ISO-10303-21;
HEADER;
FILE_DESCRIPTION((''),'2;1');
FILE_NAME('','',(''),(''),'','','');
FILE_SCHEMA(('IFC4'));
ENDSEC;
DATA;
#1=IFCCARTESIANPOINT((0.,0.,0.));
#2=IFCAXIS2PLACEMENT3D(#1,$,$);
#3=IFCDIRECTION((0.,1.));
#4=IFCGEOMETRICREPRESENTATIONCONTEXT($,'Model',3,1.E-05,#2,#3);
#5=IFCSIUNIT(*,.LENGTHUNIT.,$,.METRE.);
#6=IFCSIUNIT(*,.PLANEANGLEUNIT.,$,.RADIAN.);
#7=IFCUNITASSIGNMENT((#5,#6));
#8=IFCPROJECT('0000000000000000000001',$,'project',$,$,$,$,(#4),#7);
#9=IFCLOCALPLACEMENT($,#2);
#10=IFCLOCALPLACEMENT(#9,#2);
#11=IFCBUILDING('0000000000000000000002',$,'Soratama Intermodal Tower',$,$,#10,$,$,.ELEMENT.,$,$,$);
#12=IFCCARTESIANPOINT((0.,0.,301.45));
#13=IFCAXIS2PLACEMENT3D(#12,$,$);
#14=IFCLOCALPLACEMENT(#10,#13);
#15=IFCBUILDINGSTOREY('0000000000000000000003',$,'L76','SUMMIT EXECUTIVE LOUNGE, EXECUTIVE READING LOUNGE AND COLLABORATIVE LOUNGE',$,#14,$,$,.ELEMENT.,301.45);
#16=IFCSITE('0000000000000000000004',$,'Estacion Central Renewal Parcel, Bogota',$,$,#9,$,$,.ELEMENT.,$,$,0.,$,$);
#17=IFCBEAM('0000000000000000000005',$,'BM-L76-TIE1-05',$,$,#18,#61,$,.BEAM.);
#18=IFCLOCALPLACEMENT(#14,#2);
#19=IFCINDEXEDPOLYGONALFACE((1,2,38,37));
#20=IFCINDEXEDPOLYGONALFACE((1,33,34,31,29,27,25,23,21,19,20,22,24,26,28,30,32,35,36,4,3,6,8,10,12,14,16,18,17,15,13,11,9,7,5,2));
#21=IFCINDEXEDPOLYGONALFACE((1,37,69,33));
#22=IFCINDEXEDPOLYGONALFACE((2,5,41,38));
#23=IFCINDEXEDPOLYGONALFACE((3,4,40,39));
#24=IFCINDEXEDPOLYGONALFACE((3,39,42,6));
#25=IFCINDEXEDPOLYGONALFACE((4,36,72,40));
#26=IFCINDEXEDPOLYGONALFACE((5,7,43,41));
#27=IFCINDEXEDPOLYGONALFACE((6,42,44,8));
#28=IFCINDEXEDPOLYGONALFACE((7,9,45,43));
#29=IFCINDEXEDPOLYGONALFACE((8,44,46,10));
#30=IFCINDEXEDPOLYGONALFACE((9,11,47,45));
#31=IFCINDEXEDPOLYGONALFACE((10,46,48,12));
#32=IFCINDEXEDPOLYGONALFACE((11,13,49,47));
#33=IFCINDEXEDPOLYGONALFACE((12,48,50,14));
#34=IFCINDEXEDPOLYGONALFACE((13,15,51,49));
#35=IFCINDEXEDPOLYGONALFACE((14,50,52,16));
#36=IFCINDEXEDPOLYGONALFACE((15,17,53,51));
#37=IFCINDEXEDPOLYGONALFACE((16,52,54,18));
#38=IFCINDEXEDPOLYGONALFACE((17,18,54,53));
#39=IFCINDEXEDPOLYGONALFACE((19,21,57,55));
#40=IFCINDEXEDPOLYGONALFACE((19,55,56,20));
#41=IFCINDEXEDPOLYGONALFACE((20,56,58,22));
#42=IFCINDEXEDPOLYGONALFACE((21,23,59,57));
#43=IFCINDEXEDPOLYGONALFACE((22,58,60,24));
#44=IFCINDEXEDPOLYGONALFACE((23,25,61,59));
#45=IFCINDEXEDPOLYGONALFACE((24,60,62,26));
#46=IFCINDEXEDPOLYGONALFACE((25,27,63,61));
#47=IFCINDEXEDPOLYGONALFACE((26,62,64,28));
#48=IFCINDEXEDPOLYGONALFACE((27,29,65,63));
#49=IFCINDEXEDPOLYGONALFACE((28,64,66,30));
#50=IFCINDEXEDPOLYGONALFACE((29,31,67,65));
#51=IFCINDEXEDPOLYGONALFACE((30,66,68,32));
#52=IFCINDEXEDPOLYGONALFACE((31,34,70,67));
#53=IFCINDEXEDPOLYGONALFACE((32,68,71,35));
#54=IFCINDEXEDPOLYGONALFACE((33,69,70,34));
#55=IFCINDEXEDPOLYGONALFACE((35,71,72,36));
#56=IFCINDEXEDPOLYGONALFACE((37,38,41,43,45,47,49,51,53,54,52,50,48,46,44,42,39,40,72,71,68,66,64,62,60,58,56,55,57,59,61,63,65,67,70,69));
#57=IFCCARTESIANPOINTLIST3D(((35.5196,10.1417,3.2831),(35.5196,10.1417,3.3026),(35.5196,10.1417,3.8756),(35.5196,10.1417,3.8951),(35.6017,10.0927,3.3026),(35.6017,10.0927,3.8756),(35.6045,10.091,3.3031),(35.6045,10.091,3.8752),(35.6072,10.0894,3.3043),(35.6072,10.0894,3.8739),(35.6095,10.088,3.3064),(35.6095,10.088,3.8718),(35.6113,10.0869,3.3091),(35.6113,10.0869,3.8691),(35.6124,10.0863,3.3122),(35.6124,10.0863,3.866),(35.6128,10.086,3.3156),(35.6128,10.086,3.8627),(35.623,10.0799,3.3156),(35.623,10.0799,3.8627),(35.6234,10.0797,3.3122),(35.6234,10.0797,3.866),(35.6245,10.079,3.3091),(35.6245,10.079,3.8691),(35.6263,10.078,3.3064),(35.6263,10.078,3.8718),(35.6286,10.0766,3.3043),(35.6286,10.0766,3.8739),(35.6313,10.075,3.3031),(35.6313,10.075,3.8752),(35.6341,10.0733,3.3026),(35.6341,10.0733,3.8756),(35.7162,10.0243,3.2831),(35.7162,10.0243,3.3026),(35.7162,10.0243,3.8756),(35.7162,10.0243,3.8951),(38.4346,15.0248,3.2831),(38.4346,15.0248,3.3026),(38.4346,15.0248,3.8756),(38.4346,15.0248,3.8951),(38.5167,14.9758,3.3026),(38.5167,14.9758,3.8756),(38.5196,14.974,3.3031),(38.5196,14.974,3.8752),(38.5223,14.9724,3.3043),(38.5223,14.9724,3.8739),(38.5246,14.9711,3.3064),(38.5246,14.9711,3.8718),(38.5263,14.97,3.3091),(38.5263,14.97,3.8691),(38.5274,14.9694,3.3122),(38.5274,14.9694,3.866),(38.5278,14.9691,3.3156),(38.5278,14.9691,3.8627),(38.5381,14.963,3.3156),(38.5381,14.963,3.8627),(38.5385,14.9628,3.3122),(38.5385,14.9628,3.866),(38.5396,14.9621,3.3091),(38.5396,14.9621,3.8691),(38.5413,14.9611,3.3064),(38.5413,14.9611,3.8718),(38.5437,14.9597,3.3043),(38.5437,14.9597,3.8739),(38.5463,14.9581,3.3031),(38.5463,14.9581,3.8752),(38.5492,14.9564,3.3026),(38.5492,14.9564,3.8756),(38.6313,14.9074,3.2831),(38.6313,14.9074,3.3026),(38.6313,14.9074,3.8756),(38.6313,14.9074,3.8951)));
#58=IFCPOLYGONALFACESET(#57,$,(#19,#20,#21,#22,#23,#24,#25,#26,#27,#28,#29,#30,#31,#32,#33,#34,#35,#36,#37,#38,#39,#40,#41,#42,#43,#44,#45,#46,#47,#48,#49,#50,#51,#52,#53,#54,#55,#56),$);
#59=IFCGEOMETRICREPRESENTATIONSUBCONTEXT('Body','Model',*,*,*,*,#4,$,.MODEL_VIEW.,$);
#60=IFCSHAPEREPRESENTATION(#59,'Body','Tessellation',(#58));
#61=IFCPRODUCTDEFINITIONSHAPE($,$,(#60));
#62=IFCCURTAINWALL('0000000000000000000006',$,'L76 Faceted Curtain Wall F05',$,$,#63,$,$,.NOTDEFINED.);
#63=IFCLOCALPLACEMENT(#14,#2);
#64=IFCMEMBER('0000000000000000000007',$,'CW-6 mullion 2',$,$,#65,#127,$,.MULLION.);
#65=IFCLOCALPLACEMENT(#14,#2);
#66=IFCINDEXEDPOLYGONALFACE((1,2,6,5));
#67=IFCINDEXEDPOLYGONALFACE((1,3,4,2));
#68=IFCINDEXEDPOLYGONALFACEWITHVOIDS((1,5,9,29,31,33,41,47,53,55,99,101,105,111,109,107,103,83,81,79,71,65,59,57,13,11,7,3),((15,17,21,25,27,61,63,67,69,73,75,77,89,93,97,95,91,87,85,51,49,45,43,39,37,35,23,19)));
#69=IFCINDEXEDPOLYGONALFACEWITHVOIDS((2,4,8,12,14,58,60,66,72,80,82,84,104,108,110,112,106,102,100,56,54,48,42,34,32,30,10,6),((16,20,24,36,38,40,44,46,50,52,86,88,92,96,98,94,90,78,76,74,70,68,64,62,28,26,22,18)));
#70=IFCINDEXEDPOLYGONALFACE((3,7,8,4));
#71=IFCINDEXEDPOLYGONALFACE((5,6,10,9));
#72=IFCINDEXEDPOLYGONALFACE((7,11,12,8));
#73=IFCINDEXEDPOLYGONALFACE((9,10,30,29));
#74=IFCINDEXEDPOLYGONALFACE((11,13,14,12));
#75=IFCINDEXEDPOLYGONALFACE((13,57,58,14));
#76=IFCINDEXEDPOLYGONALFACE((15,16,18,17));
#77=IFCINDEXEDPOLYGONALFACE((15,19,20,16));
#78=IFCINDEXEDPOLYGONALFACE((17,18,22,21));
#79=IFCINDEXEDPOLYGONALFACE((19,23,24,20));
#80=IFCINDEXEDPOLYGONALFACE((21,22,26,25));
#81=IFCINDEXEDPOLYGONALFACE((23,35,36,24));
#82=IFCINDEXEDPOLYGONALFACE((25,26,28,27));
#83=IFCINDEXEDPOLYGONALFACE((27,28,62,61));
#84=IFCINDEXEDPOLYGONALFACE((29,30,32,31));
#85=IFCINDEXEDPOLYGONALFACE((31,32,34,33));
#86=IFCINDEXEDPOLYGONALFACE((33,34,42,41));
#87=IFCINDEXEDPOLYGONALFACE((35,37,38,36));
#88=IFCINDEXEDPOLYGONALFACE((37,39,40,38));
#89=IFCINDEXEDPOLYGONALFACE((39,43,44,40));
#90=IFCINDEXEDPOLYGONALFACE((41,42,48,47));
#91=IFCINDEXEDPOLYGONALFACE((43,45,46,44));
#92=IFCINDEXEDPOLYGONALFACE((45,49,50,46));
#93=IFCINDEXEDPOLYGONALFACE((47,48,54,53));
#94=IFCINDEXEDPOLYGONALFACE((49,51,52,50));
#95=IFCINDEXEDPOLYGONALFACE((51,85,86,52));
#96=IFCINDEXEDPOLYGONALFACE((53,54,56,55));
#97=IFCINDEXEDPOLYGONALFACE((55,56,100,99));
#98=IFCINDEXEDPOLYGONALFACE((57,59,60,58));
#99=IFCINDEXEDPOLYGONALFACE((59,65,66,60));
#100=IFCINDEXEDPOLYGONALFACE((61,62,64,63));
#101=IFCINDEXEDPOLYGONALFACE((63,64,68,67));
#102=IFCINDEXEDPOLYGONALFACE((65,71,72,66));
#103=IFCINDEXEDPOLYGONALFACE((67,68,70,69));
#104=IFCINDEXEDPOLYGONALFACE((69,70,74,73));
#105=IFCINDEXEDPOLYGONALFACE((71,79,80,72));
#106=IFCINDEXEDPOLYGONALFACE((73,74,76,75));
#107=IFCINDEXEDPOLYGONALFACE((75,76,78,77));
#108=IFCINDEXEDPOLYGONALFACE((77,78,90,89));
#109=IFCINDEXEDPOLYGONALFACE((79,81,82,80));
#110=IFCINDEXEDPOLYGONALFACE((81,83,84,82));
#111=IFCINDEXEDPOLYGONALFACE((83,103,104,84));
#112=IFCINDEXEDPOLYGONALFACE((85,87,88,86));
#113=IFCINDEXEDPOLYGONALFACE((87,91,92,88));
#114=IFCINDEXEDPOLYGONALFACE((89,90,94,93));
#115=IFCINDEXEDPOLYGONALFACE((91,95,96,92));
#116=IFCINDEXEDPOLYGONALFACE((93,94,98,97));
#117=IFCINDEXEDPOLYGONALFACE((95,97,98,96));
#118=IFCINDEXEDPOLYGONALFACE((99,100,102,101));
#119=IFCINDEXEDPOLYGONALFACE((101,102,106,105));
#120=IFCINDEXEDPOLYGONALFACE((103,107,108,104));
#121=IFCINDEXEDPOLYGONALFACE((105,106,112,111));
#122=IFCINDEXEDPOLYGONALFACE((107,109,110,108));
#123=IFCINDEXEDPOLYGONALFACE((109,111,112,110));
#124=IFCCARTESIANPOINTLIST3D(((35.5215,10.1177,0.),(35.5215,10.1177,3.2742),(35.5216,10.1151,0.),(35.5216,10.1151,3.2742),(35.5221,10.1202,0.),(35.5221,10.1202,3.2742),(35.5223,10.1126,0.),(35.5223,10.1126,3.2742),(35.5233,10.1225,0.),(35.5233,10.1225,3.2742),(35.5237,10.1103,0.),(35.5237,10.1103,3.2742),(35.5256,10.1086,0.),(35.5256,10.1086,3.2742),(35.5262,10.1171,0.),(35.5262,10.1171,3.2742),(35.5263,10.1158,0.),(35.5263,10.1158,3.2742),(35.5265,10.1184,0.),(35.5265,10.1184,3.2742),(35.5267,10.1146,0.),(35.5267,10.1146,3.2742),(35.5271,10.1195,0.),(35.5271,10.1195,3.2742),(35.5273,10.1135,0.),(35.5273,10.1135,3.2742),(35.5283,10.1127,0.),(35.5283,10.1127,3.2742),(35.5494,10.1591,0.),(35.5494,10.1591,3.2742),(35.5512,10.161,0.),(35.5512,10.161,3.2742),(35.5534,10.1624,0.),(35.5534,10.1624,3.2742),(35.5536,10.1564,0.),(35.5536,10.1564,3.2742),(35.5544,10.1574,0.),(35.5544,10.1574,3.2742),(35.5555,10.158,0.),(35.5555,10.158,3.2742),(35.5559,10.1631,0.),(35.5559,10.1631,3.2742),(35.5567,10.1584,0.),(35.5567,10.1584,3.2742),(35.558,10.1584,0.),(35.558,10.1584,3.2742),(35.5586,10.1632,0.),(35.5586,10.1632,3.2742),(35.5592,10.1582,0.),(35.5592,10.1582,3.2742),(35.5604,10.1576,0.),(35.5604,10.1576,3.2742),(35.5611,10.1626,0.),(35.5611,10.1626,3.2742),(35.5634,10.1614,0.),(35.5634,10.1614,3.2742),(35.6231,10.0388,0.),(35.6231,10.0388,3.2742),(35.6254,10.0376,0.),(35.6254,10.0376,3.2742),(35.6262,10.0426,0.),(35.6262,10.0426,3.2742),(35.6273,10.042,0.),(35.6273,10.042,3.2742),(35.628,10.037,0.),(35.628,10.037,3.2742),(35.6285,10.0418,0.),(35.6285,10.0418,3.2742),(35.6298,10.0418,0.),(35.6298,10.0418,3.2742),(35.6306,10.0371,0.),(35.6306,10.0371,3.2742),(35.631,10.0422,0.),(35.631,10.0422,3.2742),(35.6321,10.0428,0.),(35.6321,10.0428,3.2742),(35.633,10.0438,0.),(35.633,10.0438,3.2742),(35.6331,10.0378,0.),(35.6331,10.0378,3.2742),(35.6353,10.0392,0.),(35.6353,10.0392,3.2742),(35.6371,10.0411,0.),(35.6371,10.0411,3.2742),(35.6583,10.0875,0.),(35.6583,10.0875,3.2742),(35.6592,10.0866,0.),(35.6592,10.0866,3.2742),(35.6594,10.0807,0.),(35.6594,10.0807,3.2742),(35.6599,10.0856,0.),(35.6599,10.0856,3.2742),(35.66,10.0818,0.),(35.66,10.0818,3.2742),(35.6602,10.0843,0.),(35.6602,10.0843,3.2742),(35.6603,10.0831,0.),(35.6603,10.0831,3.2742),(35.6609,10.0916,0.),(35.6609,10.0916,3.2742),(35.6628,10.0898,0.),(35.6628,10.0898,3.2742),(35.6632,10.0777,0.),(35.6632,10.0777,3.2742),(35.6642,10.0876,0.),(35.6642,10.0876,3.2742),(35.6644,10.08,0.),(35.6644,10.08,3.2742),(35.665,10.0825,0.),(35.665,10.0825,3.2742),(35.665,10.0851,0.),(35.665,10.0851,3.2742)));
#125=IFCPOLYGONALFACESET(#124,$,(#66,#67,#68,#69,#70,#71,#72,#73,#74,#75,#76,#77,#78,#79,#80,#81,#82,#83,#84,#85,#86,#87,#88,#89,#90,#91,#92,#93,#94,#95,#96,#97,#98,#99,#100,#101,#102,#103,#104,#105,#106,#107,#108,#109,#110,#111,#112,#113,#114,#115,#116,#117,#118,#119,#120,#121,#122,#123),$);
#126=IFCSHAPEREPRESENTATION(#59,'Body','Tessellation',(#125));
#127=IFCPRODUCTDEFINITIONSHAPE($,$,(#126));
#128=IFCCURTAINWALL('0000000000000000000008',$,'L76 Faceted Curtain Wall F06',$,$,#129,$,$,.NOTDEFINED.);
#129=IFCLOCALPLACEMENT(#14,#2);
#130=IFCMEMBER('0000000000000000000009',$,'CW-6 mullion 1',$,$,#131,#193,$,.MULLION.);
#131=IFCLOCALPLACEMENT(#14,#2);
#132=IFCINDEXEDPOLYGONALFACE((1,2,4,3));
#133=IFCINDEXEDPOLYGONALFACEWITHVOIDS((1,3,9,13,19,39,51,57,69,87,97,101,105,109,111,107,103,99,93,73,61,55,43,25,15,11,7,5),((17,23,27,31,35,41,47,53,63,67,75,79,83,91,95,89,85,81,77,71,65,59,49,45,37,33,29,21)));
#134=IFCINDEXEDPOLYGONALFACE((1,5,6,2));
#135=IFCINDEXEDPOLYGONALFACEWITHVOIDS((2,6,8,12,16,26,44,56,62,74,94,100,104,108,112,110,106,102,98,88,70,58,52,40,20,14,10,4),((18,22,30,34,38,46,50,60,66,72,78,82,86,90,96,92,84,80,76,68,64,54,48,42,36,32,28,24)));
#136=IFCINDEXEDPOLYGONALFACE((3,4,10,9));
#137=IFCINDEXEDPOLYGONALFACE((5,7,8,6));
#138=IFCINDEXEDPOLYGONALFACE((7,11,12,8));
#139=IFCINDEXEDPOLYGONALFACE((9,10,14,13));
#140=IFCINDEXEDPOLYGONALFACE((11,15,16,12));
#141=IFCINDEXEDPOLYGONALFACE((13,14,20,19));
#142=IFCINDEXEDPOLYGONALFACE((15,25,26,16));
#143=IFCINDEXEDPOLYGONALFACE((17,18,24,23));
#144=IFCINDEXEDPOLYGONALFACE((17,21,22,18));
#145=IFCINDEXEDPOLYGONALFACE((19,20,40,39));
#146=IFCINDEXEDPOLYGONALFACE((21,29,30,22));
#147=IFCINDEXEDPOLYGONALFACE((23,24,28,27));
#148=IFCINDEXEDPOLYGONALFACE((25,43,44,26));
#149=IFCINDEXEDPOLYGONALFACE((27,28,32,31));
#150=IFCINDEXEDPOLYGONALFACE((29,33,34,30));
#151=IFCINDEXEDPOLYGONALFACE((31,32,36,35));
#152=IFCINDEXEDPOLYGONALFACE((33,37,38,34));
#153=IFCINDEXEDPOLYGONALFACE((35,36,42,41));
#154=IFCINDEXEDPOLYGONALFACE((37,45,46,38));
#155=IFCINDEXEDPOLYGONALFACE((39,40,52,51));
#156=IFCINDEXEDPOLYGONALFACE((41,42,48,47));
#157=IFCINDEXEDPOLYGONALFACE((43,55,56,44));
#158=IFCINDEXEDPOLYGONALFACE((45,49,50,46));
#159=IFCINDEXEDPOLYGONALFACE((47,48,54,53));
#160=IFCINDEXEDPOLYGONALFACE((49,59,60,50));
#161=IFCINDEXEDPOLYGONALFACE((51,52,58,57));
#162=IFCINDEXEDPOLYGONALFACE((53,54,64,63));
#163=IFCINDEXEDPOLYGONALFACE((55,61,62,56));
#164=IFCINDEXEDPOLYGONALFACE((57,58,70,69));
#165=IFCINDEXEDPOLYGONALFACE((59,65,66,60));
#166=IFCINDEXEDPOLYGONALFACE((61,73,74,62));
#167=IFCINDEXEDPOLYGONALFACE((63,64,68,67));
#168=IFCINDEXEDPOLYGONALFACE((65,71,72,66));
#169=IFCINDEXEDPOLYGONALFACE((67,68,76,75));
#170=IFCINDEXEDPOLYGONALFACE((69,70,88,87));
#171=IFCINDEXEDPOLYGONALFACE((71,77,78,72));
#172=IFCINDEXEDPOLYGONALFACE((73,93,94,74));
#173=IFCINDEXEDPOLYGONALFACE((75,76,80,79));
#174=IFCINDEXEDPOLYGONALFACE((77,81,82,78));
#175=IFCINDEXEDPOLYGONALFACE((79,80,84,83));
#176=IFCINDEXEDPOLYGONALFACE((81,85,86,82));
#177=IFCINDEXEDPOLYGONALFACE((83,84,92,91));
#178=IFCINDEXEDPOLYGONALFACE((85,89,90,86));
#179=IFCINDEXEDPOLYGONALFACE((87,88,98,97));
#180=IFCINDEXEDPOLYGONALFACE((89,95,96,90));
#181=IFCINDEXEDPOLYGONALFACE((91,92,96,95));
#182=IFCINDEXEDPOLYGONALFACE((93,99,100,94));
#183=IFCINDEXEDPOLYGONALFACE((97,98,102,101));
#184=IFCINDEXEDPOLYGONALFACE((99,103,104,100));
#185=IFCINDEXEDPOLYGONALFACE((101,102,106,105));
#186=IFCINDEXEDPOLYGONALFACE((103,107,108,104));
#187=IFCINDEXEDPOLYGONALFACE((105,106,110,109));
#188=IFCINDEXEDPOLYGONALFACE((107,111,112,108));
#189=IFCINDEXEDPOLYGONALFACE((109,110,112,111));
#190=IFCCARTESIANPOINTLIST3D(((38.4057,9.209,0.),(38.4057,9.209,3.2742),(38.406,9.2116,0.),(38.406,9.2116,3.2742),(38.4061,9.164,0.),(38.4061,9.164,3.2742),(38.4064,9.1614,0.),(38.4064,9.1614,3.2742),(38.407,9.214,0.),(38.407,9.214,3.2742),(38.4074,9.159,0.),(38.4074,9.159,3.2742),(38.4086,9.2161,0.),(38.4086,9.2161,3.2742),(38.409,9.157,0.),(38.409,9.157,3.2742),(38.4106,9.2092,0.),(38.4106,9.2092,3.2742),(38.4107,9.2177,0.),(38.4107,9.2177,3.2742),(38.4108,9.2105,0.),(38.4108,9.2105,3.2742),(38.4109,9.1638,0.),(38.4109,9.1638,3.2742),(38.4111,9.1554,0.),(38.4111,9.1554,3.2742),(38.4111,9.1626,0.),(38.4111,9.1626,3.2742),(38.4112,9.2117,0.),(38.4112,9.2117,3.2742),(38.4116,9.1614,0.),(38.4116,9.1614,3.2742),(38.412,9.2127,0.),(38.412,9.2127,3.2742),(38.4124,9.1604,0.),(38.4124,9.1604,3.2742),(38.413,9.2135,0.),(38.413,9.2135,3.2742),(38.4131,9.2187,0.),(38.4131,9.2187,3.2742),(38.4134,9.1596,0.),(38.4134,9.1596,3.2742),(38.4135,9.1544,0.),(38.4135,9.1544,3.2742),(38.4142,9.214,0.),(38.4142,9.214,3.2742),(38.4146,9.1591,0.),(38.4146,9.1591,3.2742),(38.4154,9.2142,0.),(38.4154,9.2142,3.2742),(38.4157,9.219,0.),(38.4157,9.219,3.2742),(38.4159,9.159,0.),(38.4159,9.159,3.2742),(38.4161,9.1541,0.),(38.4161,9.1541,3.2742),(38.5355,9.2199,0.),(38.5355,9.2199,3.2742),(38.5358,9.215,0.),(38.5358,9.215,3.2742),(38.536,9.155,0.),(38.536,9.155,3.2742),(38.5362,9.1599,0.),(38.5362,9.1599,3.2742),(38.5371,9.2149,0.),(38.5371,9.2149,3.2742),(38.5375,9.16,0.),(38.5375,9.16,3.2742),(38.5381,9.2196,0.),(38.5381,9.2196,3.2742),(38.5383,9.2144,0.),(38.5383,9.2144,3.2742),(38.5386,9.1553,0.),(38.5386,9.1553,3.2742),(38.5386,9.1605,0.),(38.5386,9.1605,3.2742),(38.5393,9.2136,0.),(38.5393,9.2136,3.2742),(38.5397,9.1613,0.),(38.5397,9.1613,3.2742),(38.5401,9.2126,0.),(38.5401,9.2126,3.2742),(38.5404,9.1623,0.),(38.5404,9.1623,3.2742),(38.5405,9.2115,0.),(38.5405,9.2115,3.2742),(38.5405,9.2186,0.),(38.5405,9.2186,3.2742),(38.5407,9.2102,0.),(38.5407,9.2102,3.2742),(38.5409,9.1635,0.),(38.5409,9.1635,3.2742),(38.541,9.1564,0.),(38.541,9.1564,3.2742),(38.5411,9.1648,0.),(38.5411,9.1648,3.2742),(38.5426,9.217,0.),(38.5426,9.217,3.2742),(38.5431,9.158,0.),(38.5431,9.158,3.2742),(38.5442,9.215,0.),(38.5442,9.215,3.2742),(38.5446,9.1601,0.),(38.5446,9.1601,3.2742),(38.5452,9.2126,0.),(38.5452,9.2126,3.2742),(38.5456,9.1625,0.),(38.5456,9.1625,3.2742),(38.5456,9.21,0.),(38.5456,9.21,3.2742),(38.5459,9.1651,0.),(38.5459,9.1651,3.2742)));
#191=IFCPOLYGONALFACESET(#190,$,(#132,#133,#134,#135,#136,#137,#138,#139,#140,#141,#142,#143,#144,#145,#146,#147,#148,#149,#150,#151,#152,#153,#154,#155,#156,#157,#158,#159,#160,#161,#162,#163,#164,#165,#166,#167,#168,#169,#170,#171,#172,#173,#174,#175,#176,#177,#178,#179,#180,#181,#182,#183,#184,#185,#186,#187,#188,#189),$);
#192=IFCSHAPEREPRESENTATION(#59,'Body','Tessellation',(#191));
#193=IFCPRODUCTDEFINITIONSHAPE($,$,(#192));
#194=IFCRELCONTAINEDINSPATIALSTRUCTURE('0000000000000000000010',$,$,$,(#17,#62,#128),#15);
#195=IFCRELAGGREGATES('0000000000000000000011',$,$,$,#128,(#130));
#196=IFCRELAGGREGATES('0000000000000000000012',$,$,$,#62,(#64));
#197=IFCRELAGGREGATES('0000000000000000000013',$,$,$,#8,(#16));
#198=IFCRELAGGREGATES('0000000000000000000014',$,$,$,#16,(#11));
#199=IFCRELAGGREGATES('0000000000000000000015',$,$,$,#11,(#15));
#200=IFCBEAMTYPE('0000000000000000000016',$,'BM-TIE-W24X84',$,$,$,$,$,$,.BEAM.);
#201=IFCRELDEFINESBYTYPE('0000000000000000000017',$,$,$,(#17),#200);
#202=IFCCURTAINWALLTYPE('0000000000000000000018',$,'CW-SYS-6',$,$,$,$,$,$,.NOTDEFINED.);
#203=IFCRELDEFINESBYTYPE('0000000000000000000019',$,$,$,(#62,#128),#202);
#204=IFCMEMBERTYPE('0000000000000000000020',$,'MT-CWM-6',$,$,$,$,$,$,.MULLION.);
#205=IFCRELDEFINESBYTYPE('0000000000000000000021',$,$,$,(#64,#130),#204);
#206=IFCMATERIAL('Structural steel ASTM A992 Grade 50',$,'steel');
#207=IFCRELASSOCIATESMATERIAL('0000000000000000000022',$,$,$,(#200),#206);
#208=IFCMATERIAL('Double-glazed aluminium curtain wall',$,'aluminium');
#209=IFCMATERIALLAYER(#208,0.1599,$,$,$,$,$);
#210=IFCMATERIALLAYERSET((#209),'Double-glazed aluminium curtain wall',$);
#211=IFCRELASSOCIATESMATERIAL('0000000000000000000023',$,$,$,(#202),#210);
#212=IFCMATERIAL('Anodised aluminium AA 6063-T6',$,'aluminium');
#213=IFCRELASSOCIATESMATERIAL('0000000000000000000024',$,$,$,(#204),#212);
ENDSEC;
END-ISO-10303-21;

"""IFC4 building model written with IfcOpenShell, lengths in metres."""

from ifc_helpers import new_model, si_unit, direction, frame, origin, origin_2d, place, context, subcontext, project, spatial, hollow_rectangle, i_section, extrude, material, layer, layer_set, material_profile, profile_set, type_object, element, aggregate, save


model = new_model("IFC4")

# Units and contexts
model_context = context("Model", 3, precision=1e-05, world=origin(), true_north=direction((0.0, 1.0)))
body_context = subcontext(model_context, "Body", "Model", "MODEL_VIEW")
ifc_project = project(units=[si_unit("LENGTHUNIT", "METRE"), si_unit("PLANEANGLEUNIT", "RADIAN")], contexts=[model_context])

# Site, building, storey
site_placement = place(None, origin())
site = spatial("IfcSite", under=ifc_project, at=site_placement, Name="Estacion Central Renewal Parcel, Bogota", CompositionType="ELEMENT", RefElevation=0.0)
building_placement = place(site_placement, origin())
building = spatial("IfcBuilding", under=site, at=building_placement, Name="Soratama Intermodal Tower", CompositionType="ELEMENT")
storey_placement = place(building_placement, frame((0.0, 0.0, 301.45)))
storey = spatial("IfcBuildingStorey", under=building, at=storey_placement, Name="L76", Description="SUMMIT EXECUTIVE LOUNGE, EXECUTIVE READING LOUNGE AND COLLABORATIVE LOUNGE", CompositionType="ELEMENT", Elevation=301.45)

# Beam
ifc_material_1 = material(Name="Structural steel ASTM A992 Grade 50", Category="steel")
ifc_material_profile_1 = material_profile(ifc_material_1, i_section(OverallWidth=0.229, OverallDepth=0.6121, WebThickness=0.012, FlangeThickness=0.0195, FilletRadius=0.0129, at=origin_2d()), Name="W24X84")
ifc_profile_set_1 = profile_set([ifc_material_profile_1], Name="Structural steel ASTM A992 Grade 50")
beam_type_1 = type_object("IfcBeamType", Name="BM-TIE-W24X84", PredefinedType="BEAM", material=ifc_profile_set_1)
beam_1_placement = place(storey_placement, frame((38.533, 14.9661, 3.5891), z_axis=(-0.512582, -0.858639, 0.0), x_axis=(0.858639, -0.512582, 0.0)))
element("IfcBeam", 1, at=beam_1_placement, inside=storey, type_object=beam_type_1, Name="BM-L76-TIE1-05", PredefinedType="BEAM", context=body_context, shape_type="SweptSolid", body=[
    extrude(i_section(OverallWidth=0.229, OverallDepth=0.6121, WebThickness=0.012, FlangeThickness=0.0195, FilletRadius=0.0129, at=origin_2d()), origin(), (0.0, 0.0, 1.0), 5.687),
])

# Curtain wall, member
ifc_material_2 = material(Name="Double-glazed aluminium curtain wall", Category="aluminium")
ifc_layer_1 = layer(ifc_material_2, 0.1599)
ifc_layer_set_1 = layer_set([ifc_layer_1], Name="Double-glazed aluminium curtain wall")
curtain_wall_type = type_object("IfcCurtainWallType", Name="CW-SYS-6", PredefinedType="NOTDEFINED", material=ifc_layer_set_1)
curtain_wall_1_placement = place(storey_placement, origin())
curtain_wall_1 = element("IfcCurtainWall", 2, at=curtain_wall_1_placement, inside=storey, type_object=curtain_wall_type, Name="L76 Faceted Curtain Wall F05", PredefinedType="NOTDEFINED")
ifc_material_3 = material(Name="Anodised aluminium AA 6063-T6", Category="aluminium")
ifc_material_profile_2 = material_profile(ifc_material_3, hollow_rectangle(XDim=0.0649, YDim=0.1399, WallThickness=0.0049, InnerFilletRadius=0.0049, OuterFilletRadius=0.01, at=origin_2d()), Name="CWM140X65X5")
ifc_profile_set_2 = profile_set([ifc_material_profile_2], Name="Anodised aluminium AA 6063-T6")
member_type_1 = type_object("IfcMemberType", Name="MT-CWM-6", PredefinedType="MULLION", material=ifc_profile_set_2)
member_1_placement = place(storey_placement, frame((35.5933, 10.1001, 0.0), z_axis=(0.0, 0.0, 1.0), x_axis=(0.581838, 0.813305, 0.0)))
member_1 = element("IfcMember", 3, at=member_1_placement, type_object=member_type_1, Name="CW-6 mullion 2", PredefinedType="MULLION", context=body_context, shape_type="SweptSolid", body=[
    extrude(hollow_rectangle(XDim=0.0649, YDim=0.1399, WallThickness=0.0049, InnerFilletRadius=0.0049, OuterFilletRadius=0.01, at=origin_2d()), origin(), (0.0, 0.0, 1.0), 3.2742),
])

# Curtain wall, member
curtain_wall_2_placement = place(storey_placement, origin())
curtain_wall_2 = element("IfcCurtainWall", 4, at=curtain_wall_2_placement, inside=storey, type_object=curtain_wall_type, Name="L76 Faceted Curtain Wall F06", PredefinedType="NOTDEFINED")
member_2_placement = place(storey_placement, frame((38.4758, 9.187, 0.0), z_axis=(0.0, 0.0, 1.0), x_axis=(-0.007339, 0.999973, 0.0)))
member_2 = element("IfcMember", 5, at=member_2_placement, type_object=member_type_1, Name="CW-6 mullion 1", PredefinedType="MULLION", context=body_context, shape_type="SweptSolid", body=[
    extrude(hollow_rectangle(XDim=0.0649, YDim=0.1399, WallThickness=0.0049, InnerFilletRadius=0.0049, OuterFilletRadius=0.01, at=origin_2d()), origin(), (0.0, 0.0, 1.0), 3.2742),
])
aggregate(curtain_wall_2, [member_2])

aggregate(curtain_wall_1, [member_1])

save(model, "model.ifc")
